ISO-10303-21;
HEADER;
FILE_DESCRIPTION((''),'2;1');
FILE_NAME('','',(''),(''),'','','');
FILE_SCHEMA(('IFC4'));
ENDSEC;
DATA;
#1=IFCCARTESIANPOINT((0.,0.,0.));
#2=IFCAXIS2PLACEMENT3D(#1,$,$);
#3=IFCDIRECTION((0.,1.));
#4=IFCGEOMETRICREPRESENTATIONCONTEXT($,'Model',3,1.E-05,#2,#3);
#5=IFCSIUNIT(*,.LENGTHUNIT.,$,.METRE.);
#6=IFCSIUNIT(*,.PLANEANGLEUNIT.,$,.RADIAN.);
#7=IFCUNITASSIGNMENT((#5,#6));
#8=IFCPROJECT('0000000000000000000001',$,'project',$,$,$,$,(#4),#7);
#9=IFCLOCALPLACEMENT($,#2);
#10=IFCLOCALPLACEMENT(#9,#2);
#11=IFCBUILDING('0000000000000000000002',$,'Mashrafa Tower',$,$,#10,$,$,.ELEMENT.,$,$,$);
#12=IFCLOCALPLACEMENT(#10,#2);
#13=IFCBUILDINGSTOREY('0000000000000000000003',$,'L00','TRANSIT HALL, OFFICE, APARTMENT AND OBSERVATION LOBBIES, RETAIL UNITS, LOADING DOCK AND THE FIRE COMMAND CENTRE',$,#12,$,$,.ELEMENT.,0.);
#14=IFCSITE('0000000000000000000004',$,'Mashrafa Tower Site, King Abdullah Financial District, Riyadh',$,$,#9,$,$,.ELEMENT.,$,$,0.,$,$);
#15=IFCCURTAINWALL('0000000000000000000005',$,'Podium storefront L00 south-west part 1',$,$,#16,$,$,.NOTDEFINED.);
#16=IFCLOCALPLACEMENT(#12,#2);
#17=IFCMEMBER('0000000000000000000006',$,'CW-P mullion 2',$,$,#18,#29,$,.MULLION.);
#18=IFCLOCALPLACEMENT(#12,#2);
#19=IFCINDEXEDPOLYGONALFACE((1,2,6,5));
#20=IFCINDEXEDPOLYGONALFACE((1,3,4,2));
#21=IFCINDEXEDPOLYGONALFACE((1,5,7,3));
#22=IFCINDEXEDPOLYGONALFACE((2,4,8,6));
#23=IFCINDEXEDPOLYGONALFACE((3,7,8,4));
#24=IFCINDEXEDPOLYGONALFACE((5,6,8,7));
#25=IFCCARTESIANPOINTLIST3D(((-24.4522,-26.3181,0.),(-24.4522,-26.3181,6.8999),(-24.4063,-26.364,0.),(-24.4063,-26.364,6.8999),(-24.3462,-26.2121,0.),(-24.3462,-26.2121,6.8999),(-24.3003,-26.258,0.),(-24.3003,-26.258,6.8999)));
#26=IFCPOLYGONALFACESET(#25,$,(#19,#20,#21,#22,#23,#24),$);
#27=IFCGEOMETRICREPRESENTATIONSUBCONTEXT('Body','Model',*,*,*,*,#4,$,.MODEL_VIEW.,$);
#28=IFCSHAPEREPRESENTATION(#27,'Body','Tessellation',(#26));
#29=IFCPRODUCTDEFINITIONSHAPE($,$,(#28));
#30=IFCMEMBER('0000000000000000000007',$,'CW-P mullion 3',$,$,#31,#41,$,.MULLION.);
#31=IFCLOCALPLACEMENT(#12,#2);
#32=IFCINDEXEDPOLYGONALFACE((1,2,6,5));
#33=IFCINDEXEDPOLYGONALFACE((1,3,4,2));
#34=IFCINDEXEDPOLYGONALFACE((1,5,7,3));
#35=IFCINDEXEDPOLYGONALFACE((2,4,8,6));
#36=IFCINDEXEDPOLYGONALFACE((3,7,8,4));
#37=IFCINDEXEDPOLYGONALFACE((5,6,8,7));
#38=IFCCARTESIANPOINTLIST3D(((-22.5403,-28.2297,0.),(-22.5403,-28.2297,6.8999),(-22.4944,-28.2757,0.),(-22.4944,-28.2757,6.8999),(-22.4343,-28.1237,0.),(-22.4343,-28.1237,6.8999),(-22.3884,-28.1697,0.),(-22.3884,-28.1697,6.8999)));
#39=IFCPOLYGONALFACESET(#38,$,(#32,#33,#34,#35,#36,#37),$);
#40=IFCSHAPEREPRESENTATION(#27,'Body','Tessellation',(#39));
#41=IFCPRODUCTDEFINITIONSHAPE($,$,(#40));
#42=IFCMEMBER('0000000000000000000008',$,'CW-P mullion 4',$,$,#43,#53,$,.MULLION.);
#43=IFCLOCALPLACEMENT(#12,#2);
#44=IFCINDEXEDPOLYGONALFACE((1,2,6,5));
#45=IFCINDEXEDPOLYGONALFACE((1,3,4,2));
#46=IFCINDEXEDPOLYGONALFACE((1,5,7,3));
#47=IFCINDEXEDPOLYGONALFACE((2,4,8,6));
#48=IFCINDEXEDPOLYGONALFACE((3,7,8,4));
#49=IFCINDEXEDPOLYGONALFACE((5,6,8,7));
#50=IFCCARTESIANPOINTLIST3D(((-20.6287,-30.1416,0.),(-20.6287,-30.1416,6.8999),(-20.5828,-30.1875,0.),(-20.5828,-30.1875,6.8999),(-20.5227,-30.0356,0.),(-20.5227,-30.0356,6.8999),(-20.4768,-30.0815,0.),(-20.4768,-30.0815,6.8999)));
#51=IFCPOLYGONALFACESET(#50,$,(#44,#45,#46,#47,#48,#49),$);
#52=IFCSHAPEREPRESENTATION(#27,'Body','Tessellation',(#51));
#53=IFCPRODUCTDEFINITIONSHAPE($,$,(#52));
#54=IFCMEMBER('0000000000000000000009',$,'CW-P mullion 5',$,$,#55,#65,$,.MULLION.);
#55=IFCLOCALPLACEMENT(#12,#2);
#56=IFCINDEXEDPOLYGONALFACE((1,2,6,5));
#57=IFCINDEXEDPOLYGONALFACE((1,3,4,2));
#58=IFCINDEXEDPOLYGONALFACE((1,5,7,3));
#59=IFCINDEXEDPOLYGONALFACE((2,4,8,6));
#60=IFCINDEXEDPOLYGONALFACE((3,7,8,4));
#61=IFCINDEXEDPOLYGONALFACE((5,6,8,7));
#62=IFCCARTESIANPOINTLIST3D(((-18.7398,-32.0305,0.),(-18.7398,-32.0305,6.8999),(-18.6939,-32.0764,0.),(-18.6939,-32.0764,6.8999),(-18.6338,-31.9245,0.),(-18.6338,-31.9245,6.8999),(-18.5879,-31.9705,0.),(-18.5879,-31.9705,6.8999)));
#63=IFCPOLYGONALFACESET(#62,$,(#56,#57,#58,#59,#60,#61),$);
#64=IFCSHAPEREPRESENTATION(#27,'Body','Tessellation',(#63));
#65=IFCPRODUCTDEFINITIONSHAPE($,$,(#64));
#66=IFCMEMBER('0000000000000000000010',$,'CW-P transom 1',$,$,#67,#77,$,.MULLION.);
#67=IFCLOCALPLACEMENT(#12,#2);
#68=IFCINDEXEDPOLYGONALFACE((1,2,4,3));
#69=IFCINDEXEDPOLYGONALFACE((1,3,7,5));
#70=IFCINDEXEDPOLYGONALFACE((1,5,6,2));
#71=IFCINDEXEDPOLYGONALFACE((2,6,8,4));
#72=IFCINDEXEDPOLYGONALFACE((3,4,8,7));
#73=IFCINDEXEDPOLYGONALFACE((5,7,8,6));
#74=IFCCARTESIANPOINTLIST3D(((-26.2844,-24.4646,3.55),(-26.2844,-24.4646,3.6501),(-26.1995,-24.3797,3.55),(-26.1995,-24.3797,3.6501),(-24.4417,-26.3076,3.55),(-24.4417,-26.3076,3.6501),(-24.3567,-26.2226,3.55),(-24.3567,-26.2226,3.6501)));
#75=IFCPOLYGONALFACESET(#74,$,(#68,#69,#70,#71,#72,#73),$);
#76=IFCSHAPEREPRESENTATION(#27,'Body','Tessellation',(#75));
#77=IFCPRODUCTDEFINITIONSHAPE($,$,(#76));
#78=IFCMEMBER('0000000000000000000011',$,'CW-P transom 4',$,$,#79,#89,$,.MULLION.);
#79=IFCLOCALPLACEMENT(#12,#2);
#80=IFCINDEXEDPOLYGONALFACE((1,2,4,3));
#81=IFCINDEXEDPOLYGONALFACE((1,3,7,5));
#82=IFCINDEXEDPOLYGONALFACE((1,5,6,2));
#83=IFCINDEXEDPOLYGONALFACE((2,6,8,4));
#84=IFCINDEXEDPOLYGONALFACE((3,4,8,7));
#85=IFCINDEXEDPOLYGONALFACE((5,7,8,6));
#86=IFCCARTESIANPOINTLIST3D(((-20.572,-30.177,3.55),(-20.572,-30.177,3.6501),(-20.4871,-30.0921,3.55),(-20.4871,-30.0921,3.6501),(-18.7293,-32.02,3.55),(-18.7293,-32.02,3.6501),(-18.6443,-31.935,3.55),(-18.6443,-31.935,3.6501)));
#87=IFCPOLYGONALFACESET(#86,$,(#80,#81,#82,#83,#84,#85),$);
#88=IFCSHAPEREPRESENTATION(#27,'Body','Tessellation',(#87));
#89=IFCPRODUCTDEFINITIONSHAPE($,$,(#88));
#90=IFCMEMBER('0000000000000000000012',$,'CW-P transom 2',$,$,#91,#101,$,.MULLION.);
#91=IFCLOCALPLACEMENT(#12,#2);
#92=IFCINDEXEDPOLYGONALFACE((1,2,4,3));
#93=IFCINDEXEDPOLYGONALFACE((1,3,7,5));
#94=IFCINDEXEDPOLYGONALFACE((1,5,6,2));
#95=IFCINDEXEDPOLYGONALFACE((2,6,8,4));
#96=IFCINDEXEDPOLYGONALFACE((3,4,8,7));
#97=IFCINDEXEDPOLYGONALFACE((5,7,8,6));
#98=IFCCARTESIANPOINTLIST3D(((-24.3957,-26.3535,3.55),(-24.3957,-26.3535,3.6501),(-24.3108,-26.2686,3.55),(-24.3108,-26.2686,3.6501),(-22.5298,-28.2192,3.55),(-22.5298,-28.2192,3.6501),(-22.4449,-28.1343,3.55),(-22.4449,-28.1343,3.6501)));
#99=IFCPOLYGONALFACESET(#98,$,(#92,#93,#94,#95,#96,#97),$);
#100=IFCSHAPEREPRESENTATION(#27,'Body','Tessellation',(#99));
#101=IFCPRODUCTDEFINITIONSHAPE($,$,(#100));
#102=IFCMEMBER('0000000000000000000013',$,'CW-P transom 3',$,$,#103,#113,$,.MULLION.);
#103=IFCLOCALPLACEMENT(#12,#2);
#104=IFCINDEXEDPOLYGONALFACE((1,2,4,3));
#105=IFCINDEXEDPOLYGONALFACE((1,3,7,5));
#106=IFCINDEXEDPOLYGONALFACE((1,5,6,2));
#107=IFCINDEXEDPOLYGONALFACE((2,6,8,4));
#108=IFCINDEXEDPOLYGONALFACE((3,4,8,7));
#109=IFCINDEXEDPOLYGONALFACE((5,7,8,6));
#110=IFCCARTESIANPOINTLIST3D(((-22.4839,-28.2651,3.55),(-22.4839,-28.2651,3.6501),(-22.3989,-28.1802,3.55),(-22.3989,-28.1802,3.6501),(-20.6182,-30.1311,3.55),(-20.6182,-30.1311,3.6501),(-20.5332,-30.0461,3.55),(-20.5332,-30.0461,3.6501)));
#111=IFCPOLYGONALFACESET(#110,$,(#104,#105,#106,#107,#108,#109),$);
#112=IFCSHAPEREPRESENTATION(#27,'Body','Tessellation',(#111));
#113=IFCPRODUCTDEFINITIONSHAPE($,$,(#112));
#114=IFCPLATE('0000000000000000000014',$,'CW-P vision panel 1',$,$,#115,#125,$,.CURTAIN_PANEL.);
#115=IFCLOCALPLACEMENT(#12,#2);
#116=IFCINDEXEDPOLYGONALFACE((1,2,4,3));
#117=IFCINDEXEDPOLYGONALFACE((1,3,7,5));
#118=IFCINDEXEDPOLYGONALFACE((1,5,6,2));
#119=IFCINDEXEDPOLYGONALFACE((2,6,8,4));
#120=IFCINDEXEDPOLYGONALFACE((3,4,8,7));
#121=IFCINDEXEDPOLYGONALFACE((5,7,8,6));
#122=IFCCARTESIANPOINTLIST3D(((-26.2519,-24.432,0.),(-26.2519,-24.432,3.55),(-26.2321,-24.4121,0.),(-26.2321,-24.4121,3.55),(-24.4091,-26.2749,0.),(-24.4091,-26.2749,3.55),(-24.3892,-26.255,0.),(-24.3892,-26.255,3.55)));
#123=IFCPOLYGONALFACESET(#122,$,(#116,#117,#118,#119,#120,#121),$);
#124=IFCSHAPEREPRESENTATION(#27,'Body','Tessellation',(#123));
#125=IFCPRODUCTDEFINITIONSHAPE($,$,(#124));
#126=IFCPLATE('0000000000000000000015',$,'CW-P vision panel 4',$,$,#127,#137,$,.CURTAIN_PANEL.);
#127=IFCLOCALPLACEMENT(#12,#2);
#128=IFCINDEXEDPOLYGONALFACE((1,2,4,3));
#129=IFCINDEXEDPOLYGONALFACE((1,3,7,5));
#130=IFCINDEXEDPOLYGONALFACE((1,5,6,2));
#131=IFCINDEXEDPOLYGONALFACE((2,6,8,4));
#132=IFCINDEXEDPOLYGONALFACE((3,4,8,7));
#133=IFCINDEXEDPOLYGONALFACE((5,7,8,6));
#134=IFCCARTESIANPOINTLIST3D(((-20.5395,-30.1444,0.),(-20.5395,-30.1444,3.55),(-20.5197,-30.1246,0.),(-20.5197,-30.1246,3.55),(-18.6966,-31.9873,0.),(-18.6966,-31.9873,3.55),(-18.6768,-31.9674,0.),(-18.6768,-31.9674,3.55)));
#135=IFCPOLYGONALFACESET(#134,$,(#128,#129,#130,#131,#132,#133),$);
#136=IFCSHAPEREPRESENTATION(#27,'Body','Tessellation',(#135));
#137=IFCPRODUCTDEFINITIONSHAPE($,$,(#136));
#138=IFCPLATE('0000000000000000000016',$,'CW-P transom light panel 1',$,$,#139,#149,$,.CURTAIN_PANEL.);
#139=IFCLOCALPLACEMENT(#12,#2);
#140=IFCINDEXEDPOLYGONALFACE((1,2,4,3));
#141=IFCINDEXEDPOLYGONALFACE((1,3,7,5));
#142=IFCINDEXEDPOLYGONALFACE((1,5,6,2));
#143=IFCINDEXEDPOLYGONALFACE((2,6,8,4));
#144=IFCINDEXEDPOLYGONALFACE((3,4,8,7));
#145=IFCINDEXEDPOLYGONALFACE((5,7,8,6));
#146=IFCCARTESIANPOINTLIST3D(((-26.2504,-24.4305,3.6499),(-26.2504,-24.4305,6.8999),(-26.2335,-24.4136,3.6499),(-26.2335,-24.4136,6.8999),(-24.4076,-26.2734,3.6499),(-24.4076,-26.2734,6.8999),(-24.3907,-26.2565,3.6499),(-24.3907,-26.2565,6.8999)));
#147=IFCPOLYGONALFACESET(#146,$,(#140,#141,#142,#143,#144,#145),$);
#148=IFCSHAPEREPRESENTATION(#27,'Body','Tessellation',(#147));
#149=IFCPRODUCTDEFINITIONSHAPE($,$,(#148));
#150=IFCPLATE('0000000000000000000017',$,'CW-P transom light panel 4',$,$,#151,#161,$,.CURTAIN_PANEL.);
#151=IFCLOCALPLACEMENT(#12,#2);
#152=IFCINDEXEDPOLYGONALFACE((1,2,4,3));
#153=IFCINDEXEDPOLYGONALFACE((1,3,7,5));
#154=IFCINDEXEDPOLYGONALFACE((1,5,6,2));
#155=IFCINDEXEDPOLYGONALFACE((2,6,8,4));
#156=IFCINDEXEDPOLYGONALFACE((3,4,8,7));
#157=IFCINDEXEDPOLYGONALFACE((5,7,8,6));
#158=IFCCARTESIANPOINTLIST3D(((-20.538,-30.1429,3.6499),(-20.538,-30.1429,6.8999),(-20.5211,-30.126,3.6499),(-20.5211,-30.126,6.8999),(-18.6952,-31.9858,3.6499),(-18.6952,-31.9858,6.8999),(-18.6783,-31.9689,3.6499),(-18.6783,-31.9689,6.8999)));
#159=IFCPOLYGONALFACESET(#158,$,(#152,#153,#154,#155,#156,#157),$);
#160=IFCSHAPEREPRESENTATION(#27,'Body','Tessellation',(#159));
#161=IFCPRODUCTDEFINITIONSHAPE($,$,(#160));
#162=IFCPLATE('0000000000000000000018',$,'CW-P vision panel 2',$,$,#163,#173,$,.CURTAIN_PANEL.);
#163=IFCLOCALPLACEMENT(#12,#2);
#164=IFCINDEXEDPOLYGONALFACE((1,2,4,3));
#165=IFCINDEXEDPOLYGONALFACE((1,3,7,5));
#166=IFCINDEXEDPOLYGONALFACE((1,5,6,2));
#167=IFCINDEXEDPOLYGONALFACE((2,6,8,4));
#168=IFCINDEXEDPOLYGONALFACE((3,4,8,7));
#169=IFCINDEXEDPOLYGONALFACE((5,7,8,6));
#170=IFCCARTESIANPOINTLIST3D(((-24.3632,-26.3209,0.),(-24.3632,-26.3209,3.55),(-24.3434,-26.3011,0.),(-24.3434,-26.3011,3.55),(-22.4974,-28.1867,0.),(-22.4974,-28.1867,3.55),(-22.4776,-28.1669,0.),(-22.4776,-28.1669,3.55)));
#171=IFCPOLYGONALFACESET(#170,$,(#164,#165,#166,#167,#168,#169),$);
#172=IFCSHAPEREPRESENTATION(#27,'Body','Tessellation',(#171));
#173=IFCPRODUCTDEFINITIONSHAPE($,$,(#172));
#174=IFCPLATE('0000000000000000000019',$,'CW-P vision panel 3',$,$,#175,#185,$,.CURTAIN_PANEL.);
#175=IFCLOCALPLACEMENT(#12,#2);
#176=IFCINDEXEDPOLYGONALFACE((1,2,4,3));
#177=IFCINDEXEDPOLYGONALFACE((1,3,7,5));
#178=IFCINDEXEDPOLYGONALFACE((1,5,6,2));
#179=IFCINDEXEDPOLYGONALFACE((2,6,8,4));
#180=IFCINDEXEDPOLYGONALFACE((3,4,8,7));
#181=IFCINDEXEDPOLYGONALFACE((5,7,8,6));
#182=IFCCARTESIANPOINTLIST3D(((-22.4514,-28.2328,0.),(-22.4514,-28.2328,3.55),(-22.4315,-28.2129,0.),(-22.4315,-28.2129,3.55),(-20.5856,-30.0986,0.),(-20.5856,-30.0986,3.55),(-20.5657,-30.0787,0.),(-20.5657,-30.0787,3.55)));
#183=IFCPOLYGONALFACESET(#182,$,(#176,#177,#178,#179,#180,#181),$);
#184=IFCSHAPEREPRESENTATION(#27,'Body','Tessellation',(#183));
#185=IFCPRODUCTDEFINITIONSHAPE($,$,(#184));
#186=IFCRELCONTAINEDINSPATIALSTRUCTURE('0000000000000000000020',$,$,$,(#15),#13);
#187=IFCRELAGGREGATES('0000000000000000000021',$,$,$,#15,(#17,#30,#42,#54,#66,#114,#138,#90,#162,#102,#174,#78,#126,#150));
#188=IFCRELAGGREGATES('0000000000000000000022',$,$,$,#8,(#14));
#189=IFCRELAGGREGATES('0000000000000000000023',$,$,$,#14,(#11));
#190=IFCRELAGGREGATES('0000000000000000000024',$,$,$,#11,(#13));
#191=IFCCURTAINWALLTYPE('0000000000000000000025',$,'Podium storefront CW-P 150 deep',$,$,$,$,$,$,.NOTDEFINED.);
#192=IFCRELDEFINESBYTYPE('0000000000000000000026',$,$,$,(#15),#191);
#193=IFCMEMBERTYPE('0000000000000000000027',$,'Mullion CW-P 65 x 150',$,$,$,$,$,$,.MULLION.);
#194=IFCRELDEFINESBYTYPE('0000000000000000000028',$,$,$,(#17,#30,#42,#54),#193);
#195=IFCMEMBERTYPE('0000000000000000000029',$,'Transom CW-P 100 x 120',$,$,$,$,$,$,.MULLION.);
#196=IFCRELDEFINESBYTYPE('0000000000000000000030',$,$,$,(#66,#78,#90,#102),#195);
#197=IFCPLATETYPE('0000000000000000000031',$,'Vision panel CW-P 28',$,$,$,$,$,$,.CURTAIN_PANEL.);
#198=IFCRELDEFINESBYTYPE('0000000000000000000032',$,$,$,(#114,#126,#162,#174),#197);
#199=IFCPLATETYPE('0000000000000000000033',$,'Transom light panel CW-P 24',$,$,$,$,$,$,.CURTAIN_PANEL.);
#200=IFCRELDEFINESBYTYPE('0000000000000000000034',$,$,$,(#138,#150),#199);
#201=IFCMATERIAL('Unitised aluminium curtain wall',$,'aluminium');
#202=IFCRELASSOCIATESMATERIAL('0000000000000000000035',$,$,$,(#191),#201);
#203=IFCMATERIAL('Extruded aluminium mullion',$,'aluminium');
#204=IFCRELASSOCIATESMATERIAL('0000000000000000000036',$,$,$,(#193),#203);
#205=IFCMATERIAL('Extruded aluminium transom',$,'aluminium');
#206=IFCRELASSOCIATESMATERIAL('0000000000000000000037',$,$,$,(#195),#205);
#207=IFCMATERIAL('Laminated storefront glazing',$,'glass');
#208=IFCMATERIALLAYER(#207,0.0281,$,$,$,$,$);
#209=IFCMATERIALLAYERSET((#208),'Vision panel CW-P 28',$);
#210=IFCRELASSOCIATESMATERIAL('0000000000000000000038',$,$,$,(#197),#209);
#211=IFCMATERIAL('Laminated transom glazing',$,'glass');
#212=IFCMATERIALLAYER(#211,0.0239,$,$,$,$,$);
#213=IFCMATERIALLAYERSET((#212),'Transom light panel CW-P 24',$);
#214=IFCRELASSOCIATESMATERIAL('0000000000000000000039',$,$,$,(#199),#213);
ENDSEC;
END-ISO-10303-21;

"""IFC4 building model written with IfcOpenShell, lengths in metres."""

from ifc_helpers import new_model, si_unit, direction, frame, origin, origin_2d, place, context, subcontext, project, spatial, rectangle, extrude, source, transform, mapped, material, layer, layer_set, material_profile, profile_set, type_object, type_shapes, element, aggregate, save


model = new_model("IFC4")

# Units and contexts
model_context = context("Model", 3, precision=1e-05, world=origin(), true_north=direction((0.0, 1.0)))
body_context = subcontext(model_context, "Body", "Model", "MODEL_VIEW")
ifc_project = project(units=[si_unit("LENGTHUNIT", "METRE"), si_unit("PLANEANGLEUNIT", "RADIAN")], contexts=[model_context])

# Site, building, storey
site_placement = place(None, origin())
site = spatial("IfcSite", under=ifc_project, at=site_placement, Name="Mashrafa Tower Site, King Abdullah Financial District, Riyadh", CompositionType="ELEMENT", RefElevation=0.0)
building_placement = place(site_placement, origin())
building = spatial("IfcBuilding", under=site, at=building_placement, Name="Mashrafa Tower", CompositionType="ELEMENT")
storey_placement = place(building_placement, origin())
storey = spatial("IfcBuildingStorey", under=building, at=storey_placement, Name="L00", Description="TRANSIT HALL, OFFICE, APARTMENT AND OBSERVATION LOBBIES, RETAIL UNITS, LOADING DOCK AND THE FIRE COMMAND CENTRE", CompositionType="ELEMENT", Elevation=0.0)

# Curtain wall, members, plates
ifc_material_1 = material(Name="Unitised aluminium curtain wall", Category="aluminium")
curtain_wall_type = type_object("IfcCurtainWallType", Name="Podium storefront CW-P 150 deep", PredefinedType="NOTDEFINED", material=ifc_material_1)
curtain_wall_placement = place(storey_placement, origin())
curtain_wall = element("IfcCurtainWall", 1, at=curtain_wall_placement, inside=storey, type_object=curtain_wall_type, Name="Podium storefront L00 south-west part 1", PredefinedType="NOTDEFINED")
ifc_material_2 = material(Name="Extruded aluminium mullion", Category="aluminium")
ifc_material_profile_1 = material_profile(ifc_material_2, rectangle(XDim=0.1499, YDim=0.0649, at=origin_2d()), Name="Mullion 65x150")
ifc_profile_set_1 = profile_set([ifc_material_profile_1], Name="Extruded aluminium mullion")
member_type_1 = type_object("IfcMemberType", Name="Mullion CW-P 65 x 150", PredefinedType="MULLION", material=ifc_profile_set_1)
shared_shape_1 = source(origin(), body_context, "Body", "SweptSolid", [
    extrude(rectangle(XDim=0.1499, YDim=0.0649, at=origin_2d()), origin(), (0.0, 0.0, 1.0), 6.8999),
])
type_shapes(member_type_1, [shared_shape_1])
member_1_placement = place(storey_placement, frame((-24.3762, -26.2881, 0.0), z_axis=(0.0, 0.0, 1.0), x_axis=(0.707107, 0.707107, 0.0)))
member_1 = element("IfcMember", 2, at=member_1_placement, type_object=member_type_1, Name="CW-P mullion 2", PredefinedType="MULLION", context=body_context, shape_type="MappedRepresentation", body=[
    mapped(shared_shape_1, transform((0.0, 0.0, 0.0))),
])
member_2_placement = place(storey_placement, frame((-22.4644, -28.1997, 0.0), z_axis=(0.0, 0.0, 1.0), x_axis=(0.707107, 0.707107, 0.0)))
member_2 = element("IfcMember", 3, at=member_2_placement, type_object=member_type_1, Name="CW-P mullion 3", PredefinedType="MULLION", context=body_context, shape_type="MappedRepresentation", body=[
    mapped(shared_shape_1, transform((0.0, 0.0, 0.0))),
])
member_3_placement = place(storey_placement, frame((-20.5527, -30.1116, 0.0), z_axis=(0.0, 0.0, 1.0), x_axis=(0.707107, 0.707107, 0.0)))
member_3 = element("IfcMember", 4, at=member_3_placement, type_object=member_type_1, Name="CW-P mullion 4", PredefinedType="MULLION", context=body_context, shape_type="MappedRepresentation", body=[
    mapped(shared_shape_1, transform((0.0, 0.0, 0.0))),
])
member_4_placement = place(storey_placement, frame((-18.6638, -32.0005, 0.0), z_axis=(0.0, 0.0, 1.0), x_axis=(0.707107, 0.707107, 0.0)))
member_4 = element("IfcMember", 5, at=member_4_placement, type_object=member_type_1, Name="CW-P mullion 5", PredefinedType="MULLION", context=body_context, shape_type="MappedRepresentation", body=[
    mapped(shared_shape_1, transform((0.0, 0.0, 0.0))),
])
ifc_material_3 = material(Name="Extruded aluminium transom", Category="aluminium")
ifc_material_profile_2 = material_profile(ifc_material_3, rectangle(XDim=0.1201, YDim=0.1001, at=origin_2d()), Name="Transom 100x120")
ifc_profile_set_2 = profile_set([ifc_material_profile_2], Name="Extruded aluminium transom")
member_type_2 = type_object("IfcMemberType", Name="Transom CW-P 100 x 120", PredefinedType="MULLION", material=ifc_profile_set_2)
shared_shape_2 = source(origin(), body_context, "Body", "SweptSolid", [
    extrude(rectangle(XDim=0.1201, YDim=0.1001, at=origin_2d()), origin(), (0.0, 0.0, 1.0), 2.6062),
])
member_5_placement = place(storey_placement, frame((-26.2419, -24.4221, 3.6001), z_axis=(0.70706, -0.707154, 0.0), x_axis=(0.707154, 0.70706, 0.0)))
member_5 = element("IfcMember", 6, at=member_5_placement, type_object=member_type_2, Name="CW-P transom 1", PredefinedType="MULLION", context=body_context, shape_type="MappedRepresentation", body=[
    mapped(shared_shape_2, transform((0.0, 0.0, 0.0))),
])
member_6_placement = place(storey_placement, frame((-20.5295, -30.1345, 3.6001), z_axis=(0.70706, -0.707154, 0.0), x_axis=(0.707154, 0.70706, 0.0)))
member_6 = element("IfcMember", 7, at=member_6_placement, type_object=member_type_2, Name="CW-P transom 4", PredefinedType="MULLION", context=body_context, shape_type="MappedRepresentation", body=[
    mapped(shared_shape_2, transform((0.0, 0.0, 0.0))),
])
shared_shape_3 = source(origin(), body_context, "Body", "SweptSolid", [
    extrude(rectangle(XDim=0.1201, YDim=0.1001, at=origin_2d()), origin(), (0.0, 0.0, 1.0), 2.6387),
])
type_shapes(member_type_2, [shared_shape_2, shared_shape_3])
member_7_placement = place(storey_placement, frame((-24.3533, -26.311, 3.6001), z_axis=(0.707153, -0.707061, 0.0), x_axis=(0.707061, 0.707153, 0.0)))
member_7 = element("IfcMember", 8, at=member_7_placement, type_object=member_type_2, Name="CW-P transom 2", PredefinedType="MULLION", context=body_context, shape_type="MappedRepresentation", body=[
    mapped(shared_shape_3, transform((0.0, 0.0, 0.0))),
])
member_8_placement = place(storey_placement, frame((-22.4414, -28.2227, 3.6001), z_axis=(0.707061, -0.707153, 0.0), x_axis=(0.707153, 0.707061, 0.0)))
member_8 = element("IfcMember", 9, at=member_8_placement, type_object=member_type_2, Name="CW-P transom 3", PredefinedType="MULLION", context=body_context, shape_type="MappedRepresentation", body=[
    mapped(shared_shape_3, transform((0.0, 0.0, 0.0))),
])
ifc_material_4 = material(Name="Laminated storefront glazing", Category="glass")
ifc_layer_1 = layer(ifc_material_4, 0.0281)
ifc_layer_set_1 = layer_set([ifc_layer_1], Name="Vision panel CW-P 28")
plate_type_1 = type_object("IfcPlateType", Name="Vision panel CW-P 28", PredefinedType="CURTAIN_PANEL", material=ifc_layer_set_1)
shared_shape_4 = source(origin(), body_context, "Body", "SweptSolid", [
    extrude(rectangle(XDim=2.6062, YDim=0.0281, at=origin_2d()), origin(), (0.0, 0.0, 1.0), 3.55),
])
plate_1_placement = place(storey_placement, frame((-25.3206, -25.3435, 0.0), z_axis=(0.0, 0.0, 1.0), x_axis=(0.707107, -0.707107, 0.0)))
plate_1 = element("IfcPlate", 10, at=plate_1_placement, type_object=plate_type_1, Name="CW-P vision panel 1", PredefinedType="CURTAIN_PANEL", context=body_context, shape_type="MappedRepresentation", body=[
    mapped(shared_shape_4, transform((0.0, 0.0, 0.0))),
])
plate_2_placement = place(storey_placement, frame((-19.6082, -31.0559, 0.0), z_axis=(0.0, 0.0, 1.0), x_axis=(0.707107, -0.707107, 0.0)))
plate_2 = element("IfcPlate", 11, at=plate_2_placement, type_object=plate_type_1, Name="CW-P vision panel 4", PredefinedType="CURTAIN_PANEL", context=body_context, shape_type="MappedRepresentation", body=[
    mapped(shared_shape_4, transform((0.0, 0.0, 0.0))),
])
ifc_material_5 = material(Name="Laminated transom glazing", Category="glass")
ifc_layer_2 = layer(ifc_material_5, 0.0239)
ifc_layer_set_2 = layer_set([ifc_layer_2], Name="Transom light panel CW-P 24")
plate_type_2 = type_object("IfcPlateType", Name="Transom light panel CW-P 24", PredefinedType="CURTAIN_PANEL", material=ifc_layer_set_2)
shared_shape_5 = source(origin(), body_context, "Body", "SweptSolid", [
    extrude(rectangle(XDim=2.6062, YDim=0.0239, at=origin_2d()), origin(), (0.0, 0.0, 1.0), 3.25),
])
plate_3_placement = place(storey_placement, frame((-25.3206, -25.3435, 3.6499), z_axis=(0.0, 0.0, 1.0), x_axis=(0.707107, -0.707107, 0.0)))
plate_3 = element("IfcPlate", 12, at=plate_3_placement, type_object=plate_type_2, Name="CW-P transom light panel 1", PredefinedType="CURTAIN_PANEL", context=body_context, shape_type="MappedRepresentation", body=[
    mapped(shared_shape_5, transform((0.0, 0.0, 0.0))),
])
plate_4_placement = place(storey_placement, frame((-19.6082, -31.0559, 3.6499), z_axis=(0.0, 0.0, 1.0), x_axis=(0.707107, -0.707107, 0.0)))
plate_4 = element("IfcPlate", 13, at=plate_4_placement, type_object=plate_type_2, Name="CW-P transom light panel 4", PredefinedType="CURTAIN_PANEL", context=body_context, shape_type="MappedRepresentation", body=[
    mapped(shared_shape_5, transform((0.0, 0.0, 0.0))),
])
shared_shape_6 = source(origin(), body_context, "Body", "SweptSolid", [
    extrude(rectangle(XDim=2.6387, YDim=0.0281, at=origin_2d()), origin(), (0.0, 0.0, 1.0), 3.55),
])
type_shapes(plate_type_1, [shared_shape_4, shared_shape_6])
plate_5_placement = place(storey_placement, frame((-23.4204, -27.2439, 0.0), z_axis=(0.0, 0.0, 1.0), x_axis=(0.707107, -0.707107, 0.0)))
plate_5 = element("IfcPlate", 14, at=plate_5_placement, type_object=plate_type_1, Name="CW-P vision panel 2", PredefinedType="CURTAIN_PANEL", context=body_context, shape_type="MappedRepresentation", body=[
    mapped(shared_shape_6, transform((0.0, 0.0, 0.0))),
])
plate_6_placement = place(storey_placement, frame((-21.5085, -29.1558, 0.0), z_axis=(0.0, 0.0, 1.0), x_axis=(0.707107, -0.707107, 0.0)))
plate_6 = element("IfcPlate", 15, at=plate_6_placement, type_object=plate_type_1, Name="CW-P vision panel 3", PredefinedType="CURTAIN_PANEL", context=body_context, shape_type="MappedRepresentation", body=[
    mapped(shared_shape_6, transform((0.0, 0.0, 0.0))),
])
aggregate(curtain_wall, [member_1, member_2, member_3, member_4, member_5, plate_1, plate_3, member_7, plate_5, member_8, plate_6, member_6, plate_2, plate_4])

save(model, "model.ifc")
